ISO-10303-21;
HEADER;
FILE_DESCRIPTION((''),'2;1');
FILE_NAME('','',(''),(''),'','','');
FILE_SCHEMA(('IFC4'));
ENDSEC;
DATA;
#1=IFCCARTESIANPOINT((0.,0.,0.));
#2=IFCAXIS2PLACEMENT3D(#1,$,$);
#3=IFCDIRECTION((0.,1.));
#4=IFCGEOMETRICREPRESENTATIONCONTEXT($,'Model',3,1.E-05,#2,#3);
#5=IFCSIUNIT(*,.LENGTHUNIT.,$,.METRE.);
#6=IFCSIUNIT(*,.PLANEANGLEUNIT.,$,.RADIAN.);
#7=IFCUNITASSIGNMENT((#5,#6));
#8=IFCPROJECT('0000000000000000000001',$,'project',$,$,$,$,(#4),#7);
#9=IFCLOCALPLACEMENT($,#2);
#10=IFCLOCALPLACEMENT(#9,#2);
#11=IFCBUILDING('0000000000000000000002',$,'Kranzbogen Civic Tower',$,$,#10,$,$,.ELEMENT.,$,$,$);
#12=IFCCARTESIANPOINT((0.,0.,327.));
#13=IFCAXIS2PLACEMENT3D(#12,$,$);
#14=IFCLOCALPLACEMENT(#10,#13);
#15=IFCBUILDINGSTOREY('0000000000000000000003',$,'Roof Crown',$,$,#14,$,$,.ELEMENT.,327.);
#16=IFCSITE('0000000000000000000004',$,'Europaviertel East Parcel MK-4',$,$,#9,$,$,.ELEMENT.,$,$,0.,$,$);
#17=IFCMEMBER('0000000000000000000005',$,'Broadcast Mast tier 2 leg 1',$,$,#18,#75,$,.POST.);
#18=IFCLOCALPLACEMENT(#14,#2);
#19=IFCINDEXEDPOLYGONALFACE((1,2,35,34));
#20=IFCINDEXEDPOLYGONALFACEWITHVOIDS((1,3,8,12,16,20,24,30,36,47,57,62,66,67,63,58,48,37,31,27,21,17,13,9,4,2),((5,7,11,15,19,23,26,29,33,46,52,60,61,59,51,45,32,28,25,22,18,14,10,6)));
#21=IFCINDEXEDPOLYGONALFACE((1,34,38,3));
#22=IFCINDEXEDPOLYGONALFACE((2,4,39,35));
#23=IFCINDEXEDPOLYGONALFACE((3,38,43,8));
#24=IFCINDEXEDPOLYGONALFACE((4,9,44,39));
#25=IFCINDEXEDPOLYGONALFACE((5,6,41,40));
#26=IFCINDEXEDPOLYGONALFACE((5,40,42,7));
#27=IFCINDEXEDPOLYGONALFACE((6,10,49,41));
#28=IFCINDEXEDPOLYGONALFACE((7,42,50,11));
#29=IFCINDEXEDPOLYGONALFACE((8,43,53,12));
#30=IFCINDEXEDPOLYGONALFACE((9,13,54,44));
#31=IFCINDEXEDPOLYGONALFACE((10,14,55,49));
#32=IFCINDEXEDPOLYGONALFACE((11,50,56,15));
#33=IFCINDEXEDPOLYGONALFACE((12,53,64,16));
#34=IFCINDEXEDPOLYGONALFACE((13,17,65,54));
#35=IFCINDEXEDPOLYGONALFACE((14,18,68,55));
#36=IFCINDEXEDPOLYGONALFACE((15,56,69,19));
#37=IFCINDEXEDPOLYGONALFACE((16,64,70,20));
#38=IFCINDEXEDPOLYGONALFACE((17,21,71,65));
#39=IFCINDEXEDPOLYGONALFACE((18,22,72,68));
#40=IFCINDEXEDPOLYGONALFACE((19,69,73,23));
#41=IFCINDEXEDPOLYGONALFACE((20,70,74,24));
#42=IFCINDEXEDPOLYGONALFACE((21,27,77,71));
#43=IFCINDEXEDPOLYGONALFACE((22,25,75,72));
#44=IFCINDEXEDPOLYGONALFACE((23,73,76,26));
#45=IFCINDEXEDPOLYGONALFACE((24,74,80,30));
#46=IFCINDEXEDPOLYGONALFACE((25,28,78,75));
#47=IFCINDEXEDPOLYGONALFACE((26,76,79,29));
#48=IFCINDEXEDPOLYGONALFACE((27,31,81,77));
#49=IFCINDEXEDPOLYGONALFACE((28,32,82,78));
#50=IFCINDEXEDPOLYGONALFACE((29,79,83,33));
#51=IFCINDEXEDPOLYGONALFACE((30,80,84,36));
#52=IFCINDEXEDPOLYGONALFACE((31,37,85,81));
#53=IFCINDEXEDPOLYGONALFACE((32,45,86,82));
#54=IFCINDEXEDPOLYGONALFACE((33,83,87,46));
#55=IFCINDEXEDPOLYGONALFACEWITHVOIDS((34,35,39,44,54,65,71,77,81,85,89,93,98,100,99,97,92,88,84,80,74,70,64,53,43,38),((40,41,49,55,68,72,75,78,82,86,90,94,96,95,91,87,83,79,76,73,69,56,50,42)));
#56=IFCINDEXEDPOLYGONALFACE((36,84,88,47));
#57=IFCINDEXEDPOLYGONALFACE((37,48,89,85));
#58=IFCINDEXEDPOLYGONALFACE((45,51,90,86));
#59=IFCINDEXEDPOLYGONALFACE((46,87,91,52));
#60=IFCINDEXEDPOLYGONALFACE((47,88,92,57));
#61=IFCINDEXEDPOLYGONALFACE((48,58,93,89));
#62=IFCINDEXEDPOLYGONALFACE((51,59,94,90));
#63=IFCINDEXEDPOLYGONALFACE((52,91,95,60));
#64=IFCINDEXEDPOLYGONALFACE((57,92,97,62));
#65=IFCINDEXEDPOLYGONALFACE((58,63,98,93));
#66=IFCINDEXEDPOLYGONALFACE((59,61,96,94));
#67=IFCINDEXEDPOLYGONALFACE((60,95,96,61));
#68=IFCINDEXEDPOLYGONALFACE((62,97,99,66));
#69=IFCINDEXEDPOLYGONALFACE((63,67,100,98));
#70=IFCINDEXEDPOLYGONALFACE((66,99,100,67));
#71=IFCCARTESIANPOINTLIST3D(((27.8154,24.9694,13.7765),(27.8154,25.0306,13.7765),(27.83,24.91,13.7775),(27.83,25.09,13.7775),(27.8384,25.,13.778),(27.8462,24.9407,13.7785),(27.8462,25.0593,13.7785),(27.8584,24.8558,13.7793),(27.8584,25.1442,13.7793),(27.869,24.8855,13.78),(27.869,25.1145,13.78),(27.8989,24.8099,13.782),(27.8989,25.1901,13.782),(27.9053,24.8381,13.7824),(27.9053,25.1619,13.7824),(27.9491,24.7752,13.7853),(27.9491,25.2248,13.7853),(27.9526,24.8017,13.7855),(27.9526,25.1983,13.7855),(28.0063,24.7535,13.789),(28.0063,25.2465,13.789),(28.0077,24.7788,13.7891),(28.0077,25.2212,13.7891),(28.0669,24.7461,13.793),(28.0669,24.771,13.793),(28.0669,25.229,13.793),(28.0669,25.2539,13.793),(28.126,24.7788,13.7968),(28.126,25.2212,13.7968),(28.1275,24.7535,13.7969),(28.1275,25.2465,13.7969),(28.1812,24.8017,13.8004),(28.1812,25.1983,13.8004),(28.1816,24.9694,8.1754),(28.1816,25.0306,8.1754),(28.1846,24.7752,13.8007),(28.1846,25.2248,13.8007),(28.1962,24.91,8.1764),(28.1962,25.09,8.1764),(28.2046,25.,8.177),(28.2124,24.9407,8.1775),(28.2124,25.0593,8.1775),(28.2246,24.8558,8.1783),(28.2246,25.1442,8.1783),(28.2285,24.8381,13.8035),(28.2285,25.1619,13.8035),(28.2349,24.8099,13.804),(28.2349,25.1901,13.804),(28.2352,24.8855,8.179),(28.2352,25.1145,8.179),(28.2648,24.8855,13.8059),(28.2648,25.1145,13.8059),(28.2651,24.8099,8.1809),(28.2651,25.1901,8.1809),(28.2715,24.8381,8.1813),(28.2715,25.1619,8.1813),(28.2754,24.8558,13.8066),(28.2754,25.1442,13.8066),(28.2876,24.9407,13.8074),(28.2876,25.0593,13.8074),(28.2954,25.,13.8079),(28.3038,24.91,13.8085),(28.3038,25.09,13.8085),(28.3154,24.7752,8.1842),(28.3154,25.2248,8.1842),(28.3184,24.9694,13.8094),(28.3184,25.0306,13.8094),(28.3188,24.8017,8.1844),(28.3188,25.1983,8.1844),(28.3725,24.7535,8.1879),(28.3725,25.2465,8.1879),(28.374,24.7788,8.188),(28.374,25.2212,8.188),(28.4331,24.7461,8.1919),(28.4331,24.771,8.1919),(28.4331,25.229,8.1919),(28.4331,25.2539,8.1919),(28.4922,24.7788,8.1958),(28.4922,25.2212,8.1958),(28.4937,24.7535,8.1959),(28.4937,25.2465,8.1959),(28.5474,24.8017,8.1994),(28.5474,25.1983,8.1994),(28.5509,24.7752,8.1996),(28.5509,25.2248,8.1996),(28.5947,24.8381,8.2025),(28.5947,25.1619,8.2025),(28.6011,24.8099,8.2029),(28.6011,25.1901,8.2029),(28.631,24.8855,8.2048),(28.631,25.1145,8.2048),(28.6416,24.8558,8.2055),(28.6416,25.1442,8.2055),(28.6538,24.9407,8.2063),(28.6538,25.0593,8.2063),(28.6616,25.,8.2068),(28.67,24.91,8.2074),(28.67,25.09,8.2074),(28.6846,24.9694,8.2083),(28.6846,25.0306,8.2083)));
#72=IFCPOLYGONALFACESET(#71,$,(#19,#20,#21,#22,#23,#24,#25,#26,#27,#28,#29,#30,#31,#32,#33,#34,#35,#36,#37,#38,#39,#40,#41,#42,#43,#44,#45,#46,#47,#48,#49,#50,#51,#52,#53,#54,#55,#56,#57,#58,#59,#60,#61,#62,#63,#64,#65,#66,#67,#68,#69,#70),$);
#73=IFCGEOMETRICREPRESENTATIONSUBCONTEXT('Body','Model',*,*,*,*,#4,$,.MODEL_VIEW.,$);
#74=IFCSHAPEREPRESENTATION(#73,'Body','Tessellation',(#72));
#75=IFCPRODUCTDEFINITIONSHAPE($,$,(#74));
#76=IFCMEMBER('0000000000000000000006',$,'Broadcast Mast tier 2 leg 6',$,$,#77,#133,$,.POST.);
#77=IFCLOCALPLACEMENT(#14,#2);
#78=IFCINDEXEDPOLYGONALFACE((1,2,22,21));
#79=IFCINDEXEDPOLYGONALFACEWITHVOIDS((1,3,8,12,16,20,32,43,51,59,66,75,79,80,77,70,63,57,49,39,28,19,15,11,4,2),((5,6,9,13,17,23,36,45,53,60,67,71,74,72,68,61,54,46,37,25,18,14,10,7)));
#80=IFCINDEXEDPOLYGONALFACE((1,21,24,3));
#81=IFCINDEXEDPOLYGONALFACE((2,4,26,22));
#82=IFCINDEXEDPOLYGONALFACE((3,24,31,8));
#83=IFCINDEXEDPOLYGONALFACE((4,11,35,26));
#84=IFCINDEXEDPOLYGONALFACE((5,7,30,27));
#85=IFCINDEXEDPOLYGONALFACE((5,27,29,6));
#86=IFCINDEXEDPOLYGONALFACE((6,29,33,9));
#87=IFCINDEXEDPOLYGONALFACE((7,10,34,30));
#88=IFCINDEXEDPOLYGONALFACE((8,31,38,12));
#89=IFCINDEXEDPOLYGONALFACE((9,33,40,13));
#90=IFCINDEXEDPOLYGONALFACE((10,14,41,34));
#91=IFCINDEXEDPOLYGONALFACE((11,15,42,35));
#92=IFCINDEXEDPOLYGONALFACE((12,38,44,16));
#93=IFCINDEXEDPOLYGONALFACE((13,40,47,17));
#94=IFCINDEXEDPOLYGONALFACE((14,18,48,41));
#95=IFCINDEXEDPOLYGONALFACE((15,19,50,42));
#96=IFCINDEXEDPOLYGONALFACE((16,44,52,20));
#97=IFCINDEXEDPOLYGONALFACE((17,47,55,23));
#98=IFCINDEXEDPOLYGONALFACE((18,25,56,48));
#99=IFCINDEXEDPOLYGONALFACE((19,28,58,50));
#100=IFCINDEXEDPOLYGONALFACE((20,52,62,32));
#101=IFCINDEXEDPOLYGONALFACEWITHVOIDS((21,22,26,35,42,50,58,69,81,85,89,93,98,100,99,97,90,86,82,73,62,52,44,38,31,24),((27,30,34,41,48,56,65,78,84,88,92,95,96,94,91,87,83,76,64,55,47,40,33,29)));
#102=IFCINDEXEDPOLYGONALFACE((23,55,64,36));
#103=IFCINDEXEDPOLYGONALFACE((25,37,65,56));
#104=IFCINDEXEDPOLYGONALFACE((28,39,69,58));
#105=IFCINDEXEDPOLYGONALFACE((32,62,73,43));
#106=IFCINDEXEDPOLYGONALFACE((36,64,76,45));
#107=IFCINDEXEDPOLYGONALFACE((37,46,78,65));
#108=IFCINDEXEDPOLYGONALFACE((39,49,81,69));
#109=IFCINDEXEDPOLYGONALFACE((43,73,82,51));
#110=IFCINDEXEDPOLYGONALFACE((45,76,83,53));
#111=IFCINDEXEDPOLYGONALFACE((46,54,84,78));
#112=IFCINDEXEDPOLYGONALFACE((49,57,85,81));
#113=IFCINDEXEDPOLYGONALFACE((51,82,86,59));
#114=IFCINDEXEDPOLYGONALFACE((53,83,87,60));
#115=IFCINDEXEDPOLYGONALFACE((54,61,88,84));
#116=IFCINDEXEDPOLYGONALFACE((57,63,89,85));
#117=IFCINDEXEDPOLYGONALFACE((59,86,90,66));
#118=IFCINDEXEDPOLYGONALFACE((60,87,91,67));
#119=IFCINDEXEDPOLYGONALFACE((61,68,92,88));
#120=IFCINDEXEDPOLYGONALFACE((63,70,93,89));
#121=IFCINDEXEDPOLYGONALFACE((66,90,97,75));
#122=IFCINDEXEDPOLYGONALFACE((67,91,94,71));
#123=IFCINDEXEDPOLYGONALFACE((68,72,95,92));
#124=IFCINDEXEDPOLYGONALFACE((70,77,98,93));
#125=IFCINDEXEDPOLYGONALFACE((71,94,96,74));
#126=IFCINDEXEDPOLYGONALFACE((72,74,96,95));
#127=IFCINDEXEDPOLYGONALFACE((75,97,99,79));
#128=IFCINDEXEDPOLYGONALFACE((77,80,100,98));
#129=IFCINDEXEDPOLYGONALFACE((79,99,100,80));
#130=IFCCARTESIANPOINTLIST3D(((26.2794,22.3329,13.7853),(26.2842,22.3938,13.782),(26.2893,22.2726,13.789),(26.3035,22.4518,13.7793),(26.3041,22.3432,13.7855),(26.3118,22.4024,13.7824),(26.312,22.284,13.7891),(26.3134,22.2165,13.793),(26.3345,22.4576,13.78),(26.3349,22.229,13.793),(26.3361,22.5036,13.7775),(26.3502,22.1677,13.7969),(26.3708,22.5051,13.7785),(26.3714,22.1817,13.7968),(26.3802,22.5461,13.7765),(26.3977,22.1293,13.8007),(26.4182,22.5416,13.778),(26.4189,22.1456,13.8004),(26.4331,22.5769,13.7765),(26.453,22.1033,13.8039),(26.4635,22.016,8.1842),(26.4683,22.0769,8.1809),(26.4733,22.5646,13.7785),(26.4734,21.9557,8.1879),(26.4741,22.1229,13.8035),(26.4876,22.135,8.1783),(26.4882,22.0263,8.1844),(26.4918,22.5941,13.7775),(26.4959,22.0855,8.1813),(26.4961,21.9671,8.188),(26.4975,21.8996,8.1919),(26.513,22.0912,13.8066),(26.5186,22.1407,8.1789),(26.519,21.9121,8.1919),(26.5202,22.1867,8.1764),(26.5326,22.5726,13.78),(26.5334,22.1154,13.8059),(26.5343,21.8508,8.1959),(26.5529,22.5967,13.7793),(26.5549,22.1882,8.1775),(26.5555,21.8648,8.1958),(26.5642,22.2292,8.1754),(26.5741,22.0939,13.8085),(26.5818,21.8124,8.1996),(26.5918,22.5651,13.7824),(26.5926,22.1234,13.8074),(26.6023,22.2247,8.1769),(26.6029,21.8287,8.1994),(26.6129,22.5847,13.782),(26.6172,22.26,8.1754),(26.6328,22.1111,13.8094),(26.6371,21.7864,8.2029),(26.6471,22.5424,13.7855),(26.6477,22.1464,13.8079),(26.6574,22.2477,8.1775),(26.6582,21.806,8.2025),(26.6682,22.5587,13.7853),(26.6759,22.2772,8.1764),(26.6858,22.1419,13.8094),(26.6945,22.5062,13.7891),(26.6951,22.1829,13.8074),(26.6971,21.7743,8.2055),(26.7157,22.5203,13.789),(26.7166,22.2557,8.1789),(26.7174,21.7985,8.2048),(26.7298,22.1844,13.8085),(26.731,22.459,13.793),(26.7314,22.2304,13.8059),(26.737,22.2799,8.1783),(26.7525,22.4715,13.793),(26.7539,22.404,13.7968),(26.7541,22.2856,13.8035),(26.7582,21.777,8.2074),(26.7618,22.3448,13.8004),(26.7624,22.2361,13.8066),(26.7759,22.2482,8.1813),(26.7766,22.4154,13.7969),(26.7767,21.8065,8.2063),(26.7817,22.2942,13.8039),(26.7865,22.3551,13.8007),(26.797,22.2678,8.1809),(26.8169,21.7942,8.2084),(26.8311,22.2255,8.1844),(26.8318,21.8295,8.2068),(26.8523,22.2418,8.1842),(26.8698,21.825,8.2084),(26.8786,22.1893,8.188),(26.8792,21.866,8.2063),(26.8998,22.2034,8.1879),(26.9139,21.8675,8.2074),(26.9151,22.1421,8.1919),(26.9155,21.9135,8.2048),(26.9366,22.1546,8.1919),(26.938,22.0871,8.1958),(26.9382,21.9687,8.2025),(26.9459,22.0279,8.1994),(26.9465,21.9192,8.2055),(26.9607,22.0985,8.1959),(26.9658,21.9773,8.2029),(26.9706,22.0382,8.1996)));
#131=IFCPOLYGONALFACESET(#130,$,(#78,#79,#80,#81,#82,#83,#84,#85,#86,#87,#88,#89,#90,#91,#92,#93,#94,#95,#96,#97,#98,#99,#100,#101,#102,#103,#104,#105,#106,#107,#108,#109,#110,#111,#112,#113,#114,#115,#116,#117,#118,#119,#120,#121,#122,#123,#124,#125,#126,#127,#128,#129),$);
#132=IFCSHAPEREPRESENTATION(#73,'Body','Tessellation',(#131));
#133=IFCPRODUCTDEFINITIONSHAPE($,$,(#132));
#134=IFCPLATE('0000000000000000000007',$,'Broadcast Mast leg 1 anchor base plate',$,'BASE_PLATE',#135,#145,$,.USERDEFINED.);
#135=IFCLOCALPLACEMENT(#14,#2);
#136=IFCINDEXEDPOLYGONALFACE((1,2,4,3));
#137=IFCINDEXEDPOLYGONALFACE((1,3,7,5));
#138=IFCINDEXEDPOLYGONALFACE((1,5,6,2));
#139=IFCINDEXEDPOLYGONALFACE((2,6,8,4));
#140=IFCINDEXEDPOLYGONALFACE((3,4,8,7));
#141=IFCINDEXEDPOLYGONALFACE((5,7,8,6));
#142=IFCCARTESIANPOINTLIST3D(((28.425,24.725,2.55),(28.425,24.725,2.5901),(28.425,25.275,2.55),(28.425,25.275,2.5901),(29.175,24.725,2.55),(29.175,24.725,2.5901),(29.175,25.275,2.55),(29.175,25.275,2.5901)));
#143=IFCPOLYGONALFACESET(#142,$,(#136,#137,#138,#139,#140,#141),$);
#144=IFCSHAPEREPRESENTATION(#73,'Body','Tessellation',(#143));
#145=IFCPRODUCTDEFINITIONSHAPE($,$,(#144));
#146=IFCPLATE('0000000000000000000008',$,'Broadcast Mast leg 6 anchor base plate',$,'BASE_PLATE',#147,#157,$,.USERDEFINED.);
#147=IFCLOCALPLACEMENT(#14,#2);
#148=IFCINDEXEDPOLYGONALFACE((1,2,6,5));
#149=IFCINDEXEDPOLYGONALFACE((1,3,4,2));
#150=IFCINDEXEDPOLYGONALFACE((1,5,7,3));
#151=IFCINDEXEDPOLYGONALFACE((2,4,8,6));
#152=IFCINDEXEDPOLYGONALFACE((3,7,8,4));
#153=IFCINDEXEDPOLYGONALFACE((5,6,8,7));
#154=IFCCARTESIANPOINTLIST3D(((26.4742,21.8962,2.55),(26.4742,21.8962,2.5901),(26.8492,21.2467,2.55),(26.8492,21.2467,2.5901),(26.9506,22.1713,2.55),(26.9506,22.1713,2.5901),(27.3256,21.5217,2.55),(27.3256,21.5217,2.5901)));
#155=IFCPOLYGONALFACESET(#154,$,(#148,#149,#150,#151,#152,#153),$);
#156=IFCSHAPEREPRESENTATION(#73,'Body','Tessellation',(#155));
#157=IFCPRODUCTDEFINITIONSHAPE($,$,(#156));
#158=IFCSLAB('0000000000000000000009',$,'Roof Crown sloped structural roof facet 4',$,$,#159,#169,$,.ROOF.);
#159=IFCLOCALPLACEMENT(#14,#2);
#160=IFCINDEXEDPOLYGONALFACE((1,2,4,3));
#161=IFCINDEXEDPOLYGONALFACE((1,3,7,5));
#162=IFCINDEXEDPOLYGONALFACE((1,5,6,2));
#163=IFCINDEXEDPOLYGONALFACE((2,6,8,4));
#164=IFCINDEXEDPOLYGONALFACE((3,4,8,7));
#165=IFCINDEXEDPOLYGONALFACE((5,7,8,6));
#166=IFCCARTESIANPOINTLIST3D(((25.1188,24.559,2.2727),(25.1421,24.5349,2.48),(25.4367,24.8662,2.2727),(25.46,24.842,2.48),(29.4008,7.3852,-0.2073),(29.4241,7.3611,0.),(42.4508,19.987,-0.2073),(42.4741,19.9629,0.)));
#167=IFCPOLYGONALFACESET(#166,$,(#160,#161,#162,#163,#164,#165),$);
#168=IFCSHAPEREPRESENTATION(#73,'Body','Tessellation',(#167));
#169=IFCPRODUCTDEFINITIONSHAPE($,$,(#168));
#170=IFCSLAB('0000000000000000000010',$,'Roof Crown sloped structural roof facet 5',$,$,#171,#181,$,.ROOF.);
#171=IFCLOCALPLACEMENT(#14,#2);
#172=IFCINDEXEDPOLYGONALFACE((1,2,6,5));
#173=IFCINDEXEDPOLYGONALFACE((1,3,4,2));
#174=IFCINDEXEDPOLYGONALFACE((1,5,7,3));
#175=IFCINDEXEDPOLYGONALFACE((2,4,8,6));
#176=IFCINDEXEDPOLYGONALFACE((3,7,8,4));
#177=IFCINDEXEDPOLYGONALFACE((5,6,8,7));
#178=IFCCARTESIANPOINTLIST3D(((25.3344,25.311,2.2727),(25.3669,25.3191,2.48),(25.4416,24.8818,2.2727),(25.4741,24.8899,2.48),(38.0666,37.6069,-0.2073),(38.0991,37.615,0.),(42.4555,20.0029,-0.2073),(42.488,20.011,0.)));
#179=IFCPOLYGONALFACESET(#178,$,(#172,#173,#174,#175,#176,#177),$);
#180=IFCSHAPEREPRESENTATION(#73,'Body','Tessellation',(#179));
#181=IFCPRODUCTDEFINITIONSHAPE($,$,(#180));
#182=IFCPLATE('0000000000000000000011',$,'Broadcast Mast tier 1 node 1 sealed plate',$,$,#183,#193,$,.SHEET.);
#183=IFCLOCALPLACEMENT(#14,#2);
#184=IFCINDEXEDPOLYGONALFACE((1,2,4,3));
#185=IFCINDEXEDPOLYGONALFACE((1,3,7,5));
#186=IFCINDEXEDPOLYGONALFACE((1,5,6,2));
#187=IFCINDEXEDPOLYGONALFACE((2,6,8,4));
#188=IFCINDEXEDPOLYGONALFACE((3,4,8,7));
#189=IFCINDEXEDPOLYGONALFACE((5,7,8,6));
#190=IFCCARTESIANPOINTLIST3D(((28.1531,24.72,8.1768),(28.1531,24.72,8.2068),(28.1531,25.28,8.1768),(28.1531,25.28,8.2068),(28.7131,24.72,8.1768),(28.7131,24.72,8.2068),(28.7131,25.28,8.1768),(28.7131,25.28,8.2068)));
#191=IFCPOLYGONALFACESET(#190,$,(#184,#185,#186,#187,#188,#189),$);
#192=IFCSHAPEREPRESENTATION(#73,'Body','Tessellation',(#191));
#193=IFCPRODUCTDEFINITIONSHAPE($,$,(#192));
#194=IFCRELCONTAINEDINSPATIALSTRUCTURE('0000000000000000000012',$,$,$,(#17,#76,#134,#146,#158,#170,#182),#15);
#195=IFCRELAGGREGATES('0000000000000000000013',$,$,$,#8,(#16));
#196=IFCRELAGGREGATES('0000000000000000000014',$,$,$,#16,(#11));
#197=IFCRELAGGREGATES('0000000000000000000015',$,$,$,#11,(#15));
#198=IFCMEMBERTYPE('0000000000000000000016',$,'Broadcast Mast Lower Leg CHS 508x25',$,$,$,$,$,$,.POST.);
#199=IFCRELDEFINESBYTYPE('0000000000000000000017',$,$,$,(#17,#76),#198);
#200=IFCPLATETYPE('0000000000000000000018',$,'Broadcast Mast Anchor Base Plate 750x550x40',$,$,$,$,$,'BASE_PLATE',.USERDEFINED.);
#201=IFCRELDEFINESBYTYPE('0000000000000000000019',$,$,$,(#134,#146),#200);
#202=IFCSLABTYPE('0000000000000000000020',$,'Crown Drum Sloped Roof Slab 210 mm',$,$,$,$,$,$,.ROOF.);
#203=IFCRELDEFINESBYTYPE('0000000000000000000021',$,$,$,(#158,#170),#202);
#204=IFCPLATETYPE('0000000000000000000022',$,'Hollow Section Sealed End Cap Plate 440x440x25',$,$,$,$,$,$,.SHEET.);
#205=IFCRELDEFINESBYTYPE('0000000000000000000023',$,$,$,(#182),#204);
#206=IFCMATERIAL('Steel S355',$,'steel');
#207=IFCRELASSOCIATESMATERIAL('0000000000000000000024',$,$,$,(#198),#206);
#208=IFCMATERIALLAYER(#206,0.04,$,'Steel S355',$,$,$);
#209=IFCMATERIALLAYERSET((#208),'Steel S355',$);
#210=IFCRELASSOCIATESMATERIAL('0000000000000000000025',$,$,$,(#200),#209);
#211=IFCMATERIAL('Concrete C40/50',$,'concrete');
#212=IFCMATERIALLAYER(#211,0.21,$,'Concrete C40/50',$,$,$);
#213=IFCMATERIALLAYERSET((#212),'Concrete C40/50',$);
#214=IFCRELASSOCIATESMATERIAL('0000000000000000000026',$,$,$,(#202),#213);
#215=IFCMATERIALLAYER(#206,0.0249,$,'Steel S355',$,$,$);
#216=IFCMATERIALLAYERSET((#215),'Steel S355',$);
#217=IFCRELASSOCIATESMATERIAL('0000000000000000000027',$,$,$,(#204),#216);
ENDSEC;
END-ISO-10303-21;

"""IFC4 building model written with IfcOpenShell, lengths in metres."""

from ifc_helpers import new_model, si_unit, direction, frame, origin, origin_2d, place, context, subcontext, project, spatial, polyline, rectangle, hollow_circle, outline, extrude, material, layer, layer_set, material_profile, profile_set, type_object, element, save


model = new_model("IFC4")

# Units and contexts
model_context = context("Model", 3, precision=1e-05, world=origin(), true_north=direction((0.0, 1.0)))
body_context = subcontext(model_context, "Body", "Model", "MODEL_VIEW")
ifc_project = project(units=[si_unit("LENGTHUNIT", "METRE"), si_unit("PLANEANGLEUNIT", "RADIAN")], contexts=[model_context])

# Site, building, storey
site_placement = place(None, origin())
site = spatial("IfcSite", under=ifc_project, at=site_placement, Name="Europaviertel East Parcel MK-4", CompositionType="ELEMENT", RefElevation=0.0)
building_placement = place(site_placement, origin())
building = spatial("IfcBuilding", under=site, at=building_placement, Name="Kranzbogen Civic Tower", CompositionType="ELEMENT")
storey_placement = place(building_placement, frame((0.0, 0.0, 327.0)))
storey = spatial("IfcBuildingStorey", under=building, at=storey_placement, Name="Roof Crown", CompositionType="ELEMENT", Elevation=327.0)

# Shared definitions
ifc_material_1 = material(Name="Steel S355", Category="steel")

# Members
ifc_material_profile_1 = material_profile(ifc_material_1, hollow_circle(Radius=0.2539, WallThickness=0.0249, at=origin_2d()), Name="CHS 508x25")
ifc_profile_set_1 = profile_set([ifc_material_profile_1], Name="Steel S355")
member_type_1 = type_object("IfcMemberType", Name="Broadcast Mast Lower Leg CHS 508x25", PredefinedType="POST", material=ifc_profile_set_1)
for number, where, z_axis, x_axis, name in (
    (1, (28.4331, 25.0, 8.1919), (-0.065243, 0.0, 0.997869), (0.0, -1.0, 0.0), "Broadcast Mast tier 2 leg 1"),
    (2, (26.717, 22.0271, 8.1919), (-0.032795, 0.056457, 0.997866), (-0.864696, -0.502296, 0.0), "Broadcast Mast tier 2 leg 6"),
):
    element("IfcMember", number, at=place(storey_placement, frame(where, z_axis=z_axis, x_axis=x_axis)), inside=storey, type_object=member_type_1, Name=name, PredefinedType="POST", context=body_context, shape_type="SweptSolid", body=[
        extrude(hollow_circle(Radius=0.2539, WallThickness=0.0249, at=origin_2d()), origin(), (0.0, 0.0, 1.0), 5.613),
    ])

# Plates
ifc_layer_1 = layer(ifc_material_1, 0.04, Name="Steel S355")
ifc_layer_set_1 = layer_set([ifc_layer_1], Name="Steel S355")
plate_type_1 = type_object("IfcPlateType", Name="Broadcast Mast Anchor Base Plate 750x550x40", ElementType="BASE_PLATE", PredefinedType="USERDEFINED", material=ifc_layer_set_1)
for number, where, z_axis, x_axis, name in (
    (3, (28.8, 25.0, 2.55), (0.0, 0.0, 1.0), (1.0, 0.0, 0.0), "Broadcast Mast leg 1 anchor base plate"),
    (4, (26.8999, 21.709, 2.55), (0.0, 0.0, 1.0), (0.5, -0.866025, 0.0), "Broadcast Mast leg 6 anchor base plate"),
):
    element("IfcPlate", number, at=place(storey_placement, frame(where, z_axis=z_axis, x_axis=x_axis)), inside=storey, type_object=plate_type_1, Name=name, ObjectType="BASE_PLATE", PredefinedType="USERDEFINED", context=body_context, shape_type="SweptSolid", body=[
        extrude(rectangle(XDim=0.75, YDim=0.55, at=origin_2d()), origin(), (0.0, 0.0, 1.0), 0.04),
    ])

# Slabs
ifc_material_2 = material(Name="Concrete C40/50", Category="concrete")
ifc_layer_2 = layer(ifc_material_2, 0.21, Name="Concrete C40/50")
ifc_layer_set_2 = layer_set([ifc_layer_2], Name="Concrete C40/50")
slab_type = type_object("IfcSlabType", Name="Crown Drum Sloped Roof Slab 210 mm", PredefinedType="ROOF", material=ifc_layer_set_2)
slab_1_placement = place(storey_placement, frame((29.4241, 7.3611, 0.0), z_axis=(0.110943, -0.114888, 0.987164), x_axis=(0.719353, 0.694645, -0.000001)))
element("IfcSlab", 5, at=slab_1_placement, inside=storey, type_object=slab_type, Name="Roof Crown sloped structural roof facet 4", PredefinedType="ROOF", context=body_context, shape_type="SweptSolid", body=[
    extrude(outline(polyline([(0.0, 0.0), (18.1414, 0.0), (9.2915, 15.5279), (8.8495, 15.5278), (0.0, 0.0)])), origin(), (0.0, 0.0, -1.0), 0.21),
])
slab_2_placement = place(storey_placement, frame((42.488, 20.011, 0.0), z_axis=(0.154969, 0.038637, 0.987164), x_axis=(-0.241909, 0.970299, -0.000001)))
element("IfcSlab", 6, at=slab_2_placement, inside=storey, type_object=slab_type, Name="Roof Crown sloped structural roof facet 5", PredefinedType="ROOF", context=body_context, shape_type="SweptSolid", body=[
    extrude(outline(polyline([(0.0, 0.0), (18.1429, 0.0), (9.2922, 15.5278), (8.8498, 15.5277), (0.0, 0.0)])), origin(), (0.0, 0.0, -1.0), 0.21),
])

# Plate
ifc_layer_3 = layer(ifc_material_1, 0.0249, Name="Steel S355")
ifc_layer_set_3 = layer_set([ifc_layer_3], Name="Steel S355")
plate_type_2 = type_object("IfcPlateType", Name="Hollow Section Sealed End Cap Plate 440x440x25", PredefinedType="SHEET", material=ifc_layer_set_3)
for number, where, z_axis, x_axis, name in (
    (7, (28.4331, 25.0, 8.1768), (0.0, 0.0, 1.0), (1.0, 0.0, 0.0), "Broadcast Mast tier 1 node 1 sealed plate"),
):
    element("IfcPlate", number, at=place(storey_placement, frame(where, z_axis=z_axis, x_axis=x_axis)), inside=storey, type_object=plate_type_2, Name=name, PredefinedType="SHEET", context=body_context, shape_type="SweptSolid", body=[
        extrude(rectangle(XDim=0.5601, YDim=0.5601, at=origin_2d()), origin(), (0.0, 0.0, 1.0), 0.03),
    ])

save(model, "model.ifc")
